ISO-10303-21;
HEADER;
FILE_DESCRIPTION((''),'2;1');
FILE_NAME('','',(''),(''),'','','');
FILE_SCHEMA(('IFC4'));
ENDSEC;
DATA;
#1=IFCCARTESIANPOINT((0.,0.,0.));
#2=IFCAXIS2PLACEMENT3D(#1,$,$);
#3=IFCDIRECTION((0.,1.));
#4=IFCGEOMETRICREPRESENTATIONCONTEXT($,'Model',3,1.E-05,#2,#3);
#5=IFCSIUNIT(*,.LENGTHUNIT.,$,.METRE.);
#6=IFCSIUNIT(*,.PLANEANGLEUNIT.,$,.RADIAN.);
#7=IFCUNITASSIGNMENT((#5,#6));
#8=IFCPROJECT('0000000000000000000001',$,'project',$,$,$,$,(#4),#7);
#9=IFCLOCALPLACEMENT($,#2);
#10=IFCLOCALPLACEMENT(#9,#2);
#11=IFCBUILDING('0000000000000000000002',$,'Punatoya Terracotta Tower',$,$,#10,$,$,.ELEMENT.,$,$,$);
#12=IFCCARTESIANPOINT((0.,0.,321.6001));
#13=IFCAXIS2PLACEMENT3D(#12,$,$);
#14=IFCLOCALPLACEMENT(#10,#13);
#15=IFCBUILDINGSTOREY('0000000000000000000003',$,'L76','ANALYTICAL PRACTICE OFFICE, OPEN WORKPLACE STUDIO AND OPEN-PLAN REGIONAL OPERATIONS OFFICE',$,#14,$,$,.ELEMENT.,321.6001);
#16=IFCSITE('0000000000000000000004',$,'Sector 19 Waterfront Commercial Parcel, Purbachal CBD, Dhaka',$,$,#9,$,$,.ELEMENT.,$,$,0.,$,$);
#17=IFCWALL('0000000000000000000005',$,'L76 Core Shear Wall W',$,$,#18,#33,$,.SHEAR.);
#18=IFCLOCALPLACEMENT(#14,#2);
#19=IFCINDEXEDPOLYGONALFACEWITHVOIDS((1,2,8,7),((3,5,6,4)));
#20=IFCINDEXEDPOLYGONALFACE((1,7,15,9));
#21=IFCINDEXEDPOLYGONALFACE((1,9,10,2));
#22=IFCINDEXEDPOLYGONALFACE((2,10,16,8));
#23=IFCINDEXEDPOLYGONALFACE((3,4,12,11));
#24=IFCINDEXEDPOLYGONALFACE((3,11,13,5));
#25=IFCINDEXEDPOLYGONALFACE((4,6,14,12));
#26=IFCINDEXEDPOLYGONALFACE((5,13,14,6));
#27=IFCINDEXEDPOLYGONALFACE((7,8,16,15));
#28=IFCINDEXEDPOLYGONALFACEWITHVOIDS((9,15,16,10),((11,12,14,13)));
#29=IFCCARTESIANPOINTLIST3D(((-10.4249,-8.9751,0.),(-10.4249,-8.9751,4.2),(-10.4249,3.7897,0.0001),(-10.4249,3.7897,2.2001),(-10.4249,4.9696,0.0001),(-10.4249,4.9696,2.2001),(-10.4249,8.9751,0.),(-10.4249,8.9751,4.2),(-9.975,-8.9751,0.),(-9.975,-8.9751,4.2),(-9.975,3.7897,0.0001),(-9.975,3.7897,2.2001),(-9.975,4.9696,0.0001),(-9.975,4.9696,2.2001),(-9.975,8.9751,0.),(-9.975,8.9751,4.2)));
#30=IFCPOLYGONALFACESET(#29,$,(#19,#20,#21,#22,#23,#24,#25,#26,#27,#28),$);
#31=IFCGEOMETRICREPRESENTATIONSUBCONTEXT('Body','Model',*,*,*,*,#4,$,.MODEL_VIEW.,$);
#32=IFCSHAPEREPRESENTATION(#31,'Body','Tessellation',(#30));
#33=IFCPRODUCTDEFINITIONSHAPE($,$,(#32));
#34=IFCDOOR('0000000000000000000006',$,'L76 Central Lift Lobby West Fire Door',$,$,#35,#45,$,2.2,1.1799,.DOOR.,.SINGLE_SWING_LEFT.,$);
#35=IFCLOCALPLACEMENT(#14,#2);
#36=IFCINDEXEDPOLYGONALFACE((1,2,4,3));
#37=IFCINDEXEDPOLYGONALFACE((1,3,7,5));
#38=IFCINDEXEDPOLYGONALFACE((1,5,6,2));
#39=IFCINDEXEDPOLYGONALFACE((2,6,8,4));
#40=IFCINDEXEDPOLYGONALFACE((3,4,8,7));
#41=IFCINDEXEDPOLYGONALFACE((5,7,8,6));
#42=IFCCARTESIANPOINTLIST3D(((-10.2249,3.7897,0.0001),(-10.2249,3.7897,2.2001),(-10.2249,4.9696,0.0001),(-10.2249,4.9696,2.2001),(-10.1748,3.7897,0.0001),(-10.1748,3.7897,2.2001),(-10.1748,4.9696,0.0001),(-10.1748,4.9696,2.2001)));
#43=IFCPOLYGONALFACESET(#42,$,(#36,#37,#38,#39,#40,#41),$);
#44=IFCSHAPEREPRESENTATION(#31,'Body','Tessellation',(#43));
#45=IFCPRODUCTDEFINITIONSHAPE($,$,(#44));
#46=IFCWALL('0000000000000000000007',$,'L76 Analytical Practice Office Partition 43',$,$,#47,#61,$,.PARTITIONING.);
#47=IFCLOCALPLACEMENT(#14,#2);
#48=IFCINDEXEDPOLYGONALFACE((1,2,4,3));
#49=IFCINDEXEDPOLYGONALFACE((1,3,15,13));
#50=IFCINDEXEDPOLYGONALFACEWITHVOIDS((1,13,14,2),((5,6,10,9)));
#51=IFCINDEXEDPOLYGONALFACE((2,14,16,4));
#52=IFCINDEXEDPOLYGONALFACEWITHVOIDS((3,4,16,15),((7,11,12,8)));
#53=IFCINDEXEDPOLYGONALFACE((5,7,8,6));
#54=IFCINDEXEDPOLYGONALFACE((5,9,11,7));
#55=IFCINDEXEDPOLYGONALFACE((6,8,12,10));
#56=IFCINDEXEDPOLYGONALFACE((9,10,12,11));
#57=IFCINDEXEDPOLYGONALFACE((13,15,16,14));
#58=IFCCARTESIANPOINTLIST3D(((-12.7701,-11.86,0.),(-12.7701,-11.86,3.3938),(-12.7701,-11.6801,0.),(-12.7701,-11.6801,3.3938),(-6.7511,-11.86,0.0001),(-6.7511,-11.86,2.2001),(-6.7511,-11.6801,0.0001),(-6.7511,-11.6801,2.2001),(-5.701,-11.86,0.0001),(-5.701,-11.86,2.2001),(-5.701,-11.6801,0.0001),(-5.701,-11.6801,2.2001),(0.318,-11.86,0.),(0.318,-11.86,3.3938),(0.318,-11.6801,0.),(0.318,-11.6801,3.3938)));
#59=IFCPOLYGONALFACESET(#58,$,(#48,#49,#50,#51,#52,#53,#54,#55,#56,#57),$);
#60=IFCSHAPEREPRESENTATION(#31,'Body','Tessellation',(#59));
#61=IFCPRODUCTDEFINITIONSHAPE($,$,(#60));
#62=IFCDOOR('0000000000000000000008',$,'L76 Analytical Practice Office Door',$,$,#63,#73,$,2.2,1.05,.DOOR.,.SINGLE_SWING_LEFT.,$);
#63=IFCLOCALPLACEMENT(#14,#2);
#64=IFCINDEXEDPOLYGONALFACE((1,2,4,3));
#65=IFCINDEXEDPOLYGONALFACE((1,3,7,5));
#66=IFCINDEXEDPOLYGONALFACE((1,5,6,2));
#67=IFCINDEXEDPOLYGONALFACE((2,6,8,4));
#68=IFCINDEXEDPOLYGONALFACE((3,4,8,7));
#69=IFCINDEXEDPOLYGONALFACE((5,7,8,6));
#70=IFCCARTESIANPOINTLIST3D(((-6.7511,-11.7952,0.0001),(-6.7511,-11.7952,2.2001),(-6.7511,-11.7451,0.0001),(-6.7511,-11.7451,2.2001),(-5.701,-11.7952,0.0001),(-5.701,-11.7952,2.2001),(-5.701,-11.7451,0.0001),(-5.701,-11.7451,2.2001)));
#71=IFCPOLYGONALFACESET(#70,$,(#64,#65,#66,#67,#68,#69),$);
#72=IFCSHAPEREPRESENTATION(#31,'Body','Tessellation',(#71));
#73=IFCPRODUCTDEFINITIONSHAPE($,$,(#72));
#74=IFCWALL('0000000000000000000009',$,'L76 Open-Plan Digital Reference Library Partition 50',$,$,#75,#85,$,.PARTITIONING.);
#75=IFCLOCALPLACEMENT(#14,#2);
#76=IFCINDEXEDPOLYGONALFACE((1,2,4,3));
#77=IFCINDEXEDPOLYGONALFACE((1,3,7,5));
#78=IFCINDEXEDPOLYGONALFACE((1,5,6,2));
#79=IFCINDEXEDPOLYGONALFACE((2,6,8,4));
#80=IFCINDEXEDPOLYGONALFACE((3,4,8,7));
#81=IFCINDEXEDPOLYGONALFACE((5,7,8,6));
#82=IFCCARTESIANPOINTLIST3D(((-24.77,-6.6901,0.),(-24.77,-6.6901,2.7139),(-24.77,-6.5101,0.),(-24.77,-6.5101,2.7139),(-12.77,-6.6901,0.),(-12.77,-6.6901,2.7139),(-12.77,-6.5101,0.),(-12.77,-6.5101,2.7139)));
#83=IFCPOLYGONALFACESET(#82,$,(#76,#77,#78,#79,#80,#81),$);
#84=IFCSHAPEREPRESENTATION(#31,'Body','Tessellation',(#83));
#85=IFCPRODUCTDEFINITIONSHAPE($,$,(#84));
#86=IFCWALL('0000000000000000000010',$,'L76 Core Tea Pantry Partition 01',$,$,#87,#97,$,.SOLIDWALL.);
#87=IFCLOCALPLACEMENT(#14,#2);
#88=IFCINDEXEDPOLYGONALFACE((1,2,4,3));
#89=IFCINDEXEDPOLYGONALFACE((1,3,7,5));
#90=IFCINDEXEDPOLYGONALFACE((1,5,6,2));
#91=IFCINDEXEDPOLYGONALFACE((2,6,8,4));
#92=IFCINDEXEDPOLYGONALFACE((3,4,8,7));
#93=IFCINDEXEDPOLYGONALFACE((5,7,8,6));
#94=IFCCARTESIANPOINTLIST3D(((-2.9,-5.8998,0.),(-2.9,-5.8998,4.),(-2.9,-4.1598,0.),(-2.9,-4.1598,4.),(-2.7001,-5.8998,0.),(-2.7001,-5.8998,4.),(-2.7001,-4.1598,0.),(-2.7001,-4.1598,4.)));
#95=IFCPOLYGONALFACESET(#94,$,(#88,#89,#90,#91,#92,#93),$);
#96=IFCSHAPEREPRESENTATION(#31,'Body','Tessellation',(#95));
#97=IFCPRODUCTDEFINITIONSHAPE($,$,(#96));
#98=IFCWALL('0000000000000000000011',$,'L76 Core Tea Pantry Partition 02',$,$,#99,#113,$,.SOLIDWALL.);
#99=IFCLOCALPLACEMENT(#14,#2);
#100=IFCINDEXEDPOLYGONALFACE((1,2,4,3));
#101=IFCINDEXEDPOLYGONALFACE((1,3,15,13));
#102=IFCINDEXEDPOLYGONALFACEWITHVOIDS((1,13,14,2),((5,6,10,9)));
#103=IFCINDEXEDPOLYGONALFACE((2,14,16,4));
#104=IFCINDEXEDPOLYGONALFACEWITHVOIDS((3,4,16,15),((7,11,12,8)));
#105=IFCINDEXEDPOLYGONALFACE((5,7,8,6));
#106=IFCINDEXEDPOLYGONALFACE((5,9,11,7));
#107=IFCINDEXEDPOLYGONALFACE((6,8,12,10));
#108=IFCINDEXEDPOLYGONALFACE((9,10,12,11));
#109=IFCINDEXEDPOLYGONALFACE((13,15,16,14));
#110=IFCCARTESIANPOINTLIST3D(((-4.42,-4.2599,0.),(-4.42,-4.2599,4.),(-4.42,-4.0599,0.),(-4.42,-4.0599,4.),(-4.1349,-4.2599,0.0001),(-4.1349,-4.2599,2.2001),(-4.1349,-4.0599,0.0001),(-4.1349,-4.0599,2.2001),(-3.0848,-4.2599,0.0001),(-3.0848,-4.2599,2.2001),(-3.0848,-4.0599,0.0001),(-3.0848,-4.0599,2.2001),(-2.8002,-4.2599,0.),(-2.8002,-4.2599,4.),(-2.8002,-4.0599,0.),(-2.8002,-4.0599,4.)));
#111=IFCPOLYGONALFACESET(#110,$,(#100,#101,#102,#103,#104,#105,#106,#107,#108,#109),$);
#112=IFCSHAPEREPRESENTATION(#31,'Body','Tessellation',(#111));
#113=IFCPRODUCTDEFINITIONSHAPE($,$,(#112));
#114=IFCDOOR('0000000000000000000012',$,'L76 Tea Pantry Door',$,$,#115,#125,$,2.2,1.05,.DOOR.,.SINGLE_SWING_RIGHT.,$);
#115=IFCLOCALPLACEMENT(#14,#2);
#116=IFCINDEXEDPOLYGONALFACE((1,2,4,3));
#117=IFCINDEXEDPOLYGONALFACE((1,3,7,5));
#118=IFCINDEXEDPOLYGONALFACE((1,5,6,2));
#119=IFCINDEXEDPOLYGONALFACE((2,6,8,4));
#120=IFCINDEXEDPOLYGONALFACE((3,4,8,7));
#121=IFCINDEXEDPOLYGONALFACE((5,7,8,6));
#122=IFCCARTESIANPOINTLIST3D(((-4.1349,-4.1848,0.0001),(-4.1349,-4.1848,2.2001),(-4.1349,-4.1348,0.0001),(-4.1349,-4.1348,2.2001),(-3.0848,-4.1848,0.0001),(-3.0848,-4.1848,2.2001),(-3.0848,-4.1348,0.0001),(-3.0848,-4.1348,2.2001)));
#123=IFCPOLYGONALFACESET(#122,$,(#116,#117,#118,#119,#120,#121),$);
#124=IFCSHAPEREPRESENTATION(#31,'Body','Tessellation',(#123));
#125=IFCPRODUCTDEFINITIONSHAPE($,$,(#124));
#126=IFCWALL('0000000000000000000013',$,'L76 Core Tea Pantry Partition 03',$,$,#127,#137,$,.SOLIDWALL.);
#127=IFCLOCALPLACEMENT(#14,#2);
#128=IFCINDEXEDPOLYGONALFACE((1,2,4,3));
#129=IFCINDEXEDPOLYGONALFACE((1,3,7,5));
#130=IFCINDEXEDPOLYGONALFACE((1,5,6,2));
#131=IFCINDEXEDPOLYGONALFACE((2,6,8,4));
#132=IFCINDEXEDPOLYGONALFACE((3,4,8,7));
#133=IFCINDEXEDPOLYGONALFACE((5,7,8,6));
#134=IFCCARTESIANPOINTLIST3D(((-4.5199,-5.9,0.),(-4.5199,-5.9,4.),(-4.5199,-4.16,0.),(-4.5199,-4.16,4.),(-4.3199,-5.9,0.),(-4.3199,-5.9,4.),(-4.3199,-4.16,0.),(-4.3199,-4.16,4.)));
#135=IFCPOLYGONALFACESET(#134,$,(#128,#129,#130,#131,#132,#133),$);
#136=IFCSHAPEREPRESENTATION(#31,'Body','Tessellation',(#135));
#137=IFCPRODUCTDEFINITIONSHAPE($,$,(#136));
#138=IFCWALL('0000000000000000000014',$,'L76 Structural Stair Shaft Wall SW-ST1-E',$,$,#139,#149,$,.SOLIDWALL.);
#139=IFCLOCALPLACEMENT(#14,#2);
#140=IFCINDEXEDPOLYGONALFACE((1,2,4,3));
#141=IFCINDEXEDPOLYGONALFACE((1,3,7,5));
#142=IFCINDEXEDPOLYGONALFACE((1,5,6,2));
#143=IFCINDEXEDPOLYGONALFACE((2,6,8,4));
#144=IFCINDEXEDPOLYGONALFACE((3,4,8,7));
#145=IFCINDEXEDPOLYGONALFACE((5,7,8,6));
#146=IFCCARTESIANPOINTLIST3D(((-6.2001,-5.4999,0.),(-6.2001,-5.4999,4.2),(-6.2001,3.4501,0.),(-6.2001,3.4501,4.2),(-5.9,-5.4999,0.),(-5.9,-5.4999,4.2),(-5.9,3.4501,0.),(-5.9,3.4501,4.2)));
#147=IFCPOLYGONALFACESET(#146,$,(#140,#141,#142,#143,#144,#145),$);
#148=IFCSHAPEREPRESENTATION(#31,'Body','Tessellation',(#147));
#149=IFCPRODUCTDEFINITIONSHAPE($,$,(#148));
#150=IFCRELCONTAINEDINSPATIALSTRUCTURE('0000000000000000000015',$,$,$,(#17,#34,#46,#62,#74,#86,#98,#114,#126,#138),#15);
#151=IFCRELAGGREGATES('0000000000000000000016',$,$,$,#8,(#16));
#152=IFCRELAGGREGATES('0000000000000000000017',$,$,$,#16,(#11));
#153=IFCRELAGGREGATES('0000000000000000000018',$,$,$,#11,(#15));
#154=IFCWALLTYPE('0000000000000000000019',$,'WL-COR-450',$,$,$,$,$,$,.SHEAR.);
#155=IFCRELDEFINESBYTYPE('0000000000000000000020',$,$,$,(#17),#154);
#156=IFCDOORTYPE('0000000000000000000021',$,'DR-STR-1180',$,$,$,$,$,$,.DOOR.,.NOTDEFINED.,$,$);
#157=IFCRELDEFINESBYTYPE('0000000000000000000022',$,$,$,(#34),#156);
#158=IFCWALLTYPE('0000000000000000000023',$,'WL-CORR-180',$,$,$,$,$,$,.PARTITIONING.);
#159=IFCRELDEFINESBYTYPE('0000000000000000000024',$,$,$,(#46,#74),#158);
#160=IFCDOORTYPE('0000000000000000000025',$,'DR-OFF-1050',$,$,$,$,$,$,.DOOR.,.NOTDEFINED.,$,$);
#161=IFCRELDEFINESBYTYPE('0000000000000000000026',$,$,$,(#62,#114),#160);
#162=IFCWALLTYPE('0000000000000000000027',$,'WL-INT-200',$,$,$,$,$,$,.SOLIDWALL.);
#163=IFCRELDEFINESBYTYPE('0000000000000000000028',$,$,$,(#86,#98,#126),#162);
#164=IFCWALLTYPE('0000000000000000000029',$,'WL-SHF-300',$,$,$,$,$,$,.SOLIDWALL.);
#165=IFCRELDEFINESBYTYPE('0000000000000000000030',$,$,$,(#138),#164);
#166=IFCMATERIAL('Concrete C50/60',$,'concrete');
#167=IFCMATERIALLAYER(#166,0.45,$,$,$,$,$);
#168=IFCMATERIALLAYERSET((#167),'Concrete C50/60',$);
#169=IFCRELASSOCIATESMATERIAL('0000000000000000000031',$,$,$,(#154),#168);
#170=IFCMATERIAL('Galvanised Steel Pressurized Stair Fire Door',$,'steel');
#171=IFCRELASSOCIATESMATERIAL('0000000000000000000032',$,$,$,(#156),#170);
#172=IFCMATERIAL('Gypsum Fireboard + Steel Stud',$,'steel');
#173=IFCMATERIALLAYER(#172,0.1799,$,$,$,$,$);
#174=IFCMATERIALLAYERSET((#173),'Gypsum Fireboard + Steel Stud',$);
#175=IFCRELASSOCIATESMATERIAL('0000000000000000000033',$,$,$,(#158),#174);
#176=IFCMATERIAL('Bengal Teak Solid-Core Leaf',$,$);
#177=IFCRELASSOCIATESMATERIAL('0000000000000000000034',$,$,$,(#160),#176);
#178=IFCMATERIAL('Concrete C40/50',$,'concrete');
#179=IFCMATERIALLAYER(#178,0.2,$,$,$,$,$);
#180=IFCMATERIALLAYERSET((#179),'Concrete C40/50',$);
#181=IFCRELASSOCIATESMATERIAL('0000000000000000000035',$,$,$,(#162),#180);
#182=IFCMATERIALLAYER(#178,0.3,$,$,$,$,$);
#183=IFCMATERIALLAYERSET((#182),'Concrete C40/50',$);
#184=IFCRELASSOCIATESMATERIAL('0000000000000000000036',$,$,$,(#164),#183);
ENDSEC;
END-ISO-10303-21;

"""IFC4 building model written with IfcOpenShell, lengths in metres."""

from ifc_helpers import new_model, si_unit, direction, frame, frame_2d, origin, place, context, subcontext, project, spatial, rectangle, extrude, material, layer, layer_set, type_object, element, fill, save


model = new_model("IFC4")

# Units and contexts
model_context = context("Model", 3, precision=1e-05, world=origin(), true_north=direction((0.0, 1.0)))
body_context = subcontext(model_context, "Body", "Model", "MODEL_VIEW")
ifc_project = project(units=[si_unit("LENGTHUNIT", "METRE"), si_unit("PLANEANGLEUNIT", "RADIAN")], contexts=[model_context])

# Site, building, storey
site_placement = place(None, origin())
site = spatial("IfcSite", under=ifc_project, at=site_placement, Name="Sector 19 Waterfront Commercial Parcel, Purbachal CBD, Dhaka", CompositionType="ELEMENT", RefElevation=0.0)
building_placement = place(site_placement, origin())
building = spatial("IfcBuilding", under=site, at=building_placement, Name="Punatoya Terracotta Tower", CompositionType="ELEMENT")
storey_placement = place(building_placement, frame((0.0, 0.0, 321.6001)))
storey = spatial("IfcBuildingStorey", under=building, at=storey_placement, Name="L76", Description="ANALYTICAL PRACTICE OFFICE, OPEN WORKPLACE STUDIO AND OPEN-PLAN REGIONAL OPERATIONS OFFICE", CompositionType="ELEMENT", Elevation=321.6001)

# Shared definitions
ifc_material_1 = material(Name="Concrete C50/60", Category="concrete")

# Walls, openings, doors
ifc_layer_1 = layer(ifc_material_1, 0.45)
ifc_layer_set_1 = layer_set([ifc_layer_1], Name="Concrete C50/60")
wall_type_1 = type_object("IfcWallType", Name="WL-COR-450", PredefinedType="SHEAR", material=ifc_layer_set_1)
wall_1_placement = place(storey_placement, frame((-10.2, -8.9751, 0.0), z_axis=(0.0, 0.0, 1.0), x_axis=(0.0, 1.0, 0.0)))
wall_1 = element("IfcWall", 1, at=wall_1_placement, inside=storey, type_object=wall_type_1, Name="L76 Core Shear Wall W", PredefinedType="SHEAR", context=body_context, shape_type="SweptSolid", body=[
    extrude(rectangle(XDim=17.9502, YDim=0.45, at=frame_2d((8.9751, 0.0))), origin(), (0.0, 0.0, 1.0), 4.2),
])
opening_1_placement = place(wall_1_placement, frame((12.7649, 0.0, 0.0)))
opening_1 = element("IfcOpeningElement", 2, at=opening_1_placement, cuts=wall_1, PredefinedType="OPENING", context=body_context, shape_type="SweptSolid", body=[
    extrude(rectangle(XDim=1.1799, YDim=2.2, at=frame_2d((0.5898, 1.1001))), frame((0.0, 0.2349, 0.0), z_axis=(0.0, -1.0, 0.0), x_axis=(1.0, 0.0, 0.0)), (0.0, 0.0, 1.0), 0.47),
])
ifc_material_2 = material(Name="Galvanised Steel Pressurized Stair Fire Door", Category="steel")
door_type_1 = type_object("IfcDoorType", Name="DR-STR-1180", OperationType="NOTDEFINED", PredefinedType="DOOR", material=ifc_material_2)
door_1_placement = place(opening_1_placement, origin())
door_1 = element("IfcDoor", 3, at=door_1_placement, inside=storey, type_object=door_type_1, Name="L76 Central Lift Lobby West Fire Door", OperationType="SINGLE_SWING_LEFT", OverallHeight=2.2, OverallWidth=1.1799, PredefinedType="DOOR", context=body_context, shape_type="SweptSolid", body=[
    extrude(rectangle(XDim=1.1799, YDim=2.2, at=frame_2d((0.5898, 1.1001))), frame((0.0, 0.0249, 0.0), z_axis=(0.0, -1.0, 0.0), x_axis=(1.0, 0.0, 0.0)), (0.0, 0.0, 1.0), 0.05),
])
fill(opening_1, door_1)
ifc_material_3 = material(Name="Gypsum Fireboard + Steel Stud", Category="steel")
ifc_layer_2 = layer(ifc_material_3, 0.1799)
ifc_layer_set_2 = layer_set([ifc_layer_2], Name="Gypsum Fireboard + Steel Stud")
wall_type_2 = type_object("IfcWallType", Name="WL-CORR-180", PredefinedType="PARTITIONING", material=ifc_layer_set_2)
wall_2_placement = place(storey_placement, frame((-12.77, -11.77, 0.0), z_axis=(0.0, 0.0, 1.0), x_axis=(1.0, 0.0, 0.0)))
wall_2 = element("IfcWall", 4, at=wall_2_placement, inside=storey, type_object=wall_type_2, Name="L76 Analytical Practice Office Partition 43", PredefinedType="PARTITIONING", context=body_context, shape_type="SweptSolid", body=[
    extrude(rectangle(XDim=13.0881, YDim=0.1799, at=frame_2d((6.5439, 0.0))), origin(), (0.0, 0.0, 1.0), 3.3938),
])
opening_2_placement = place(wall_2_placement, frame((6.019, 0.0, 0.0)))
opening_2 = element("IfcOpeningElement", 5, at=opening_2_placement, cuts=wall_2, PredefinedType="OPENING", context=body_context, shape_type="SweptSolid", body=[
    extrude(rectangle(XDim=1.05, YDim=2.2, at=frame_2d((0.5249, 1.1001))), frame((0.0, 0.0999, 0.0), z_axis=(0.0, -1.0, 0.0), x_axis=(1.0, 0.0, 0.0)), (0.0, 0.0, 1.0), 0.2),
])
ifc_material_4 = material(Name="Bengal Teak Solid-Core Leaf")
door_type_2 = type_object("IfcDoorType", Name="DR-OFF-1050", OperationType="NOTDEFINED", PredefinedType="DOOR", material=ifc_material_4)
door_2_placement = place(opening_2_placement, origin())
door_2 = element("IfcDoor", 6, at=door_2_placement, inside=storey, type_object=door_type_2, Name="L76 Analytical Practice Office Door", OperationType="SINGLE_SWING_LEFT", OverallHeight=2.2, OverallWidth=1.05, PredefinedType="DOOR", context=body_context, shape_type="SweptSolid", body=[
    extrude(rectangle(XDim=1.05, YDim=2.2, at=frame_2d((0.5249, 1.1001))), frame((0.0, 0.0249, 0.0), z_axis=(0.0, -1.0, 0.0), x_axis=(1.0, 0.0, 0.0)), (0.0, 0.0, 1.0), 0.05),
])
fill(opening_2, door_2)

# Walls
wall_3_placement = place(storey_placement, frame((-12.77, -6.6001, 0.0), z_axis=(0.0, 0.0, 1.0), x_axis=(-1.0, 0.0, 0.0)))
element("IfcWall", 7, at=wall_3_placement, inside=storey, type_object=wall_type_2, Name="L76 Open-Plan Digital Reference Library Partition 50", PredefinedType="PARTITIONING", context=body_context, shape_type="SweptSolid", body=[
    extrude(rectangle(XDim=12.0, YDim=0.1799, at=frame_2d((6.0, 0.0))), origin(), (0.0, 0.0, 1.0), 2.7139),
])
ifc_material_5 = material(Name="Concrete C40/50", Category="concrete")
ifc_layer_3 = layer(ifc_material_5, 0.2)
ifc_layer_set_3 = layer_set([ifc_layer_3], Name="Concrete C40/50")
wall_type_3 = type_object("IfcWallType", Name="WL-INT-200", PredefinedType="SOLIDWALL", material=ifc_layer_set_3)
wall_4_placement = place(storey_placement, frame((-2.8, -5.8999, 0.0), z_axis=(0.0, 0.0, 1.0), x_axis=(0.0, 1.0, 0.0)))
element("IfcWall", 8, at=wall_4_placement, inside=storey, type_object=wall_type_3, Name="L76 Core Tea Pantry Partition 01", PredefinedType="SOLIDWALL", context=body_context, shape_type="SweptSolid", body=[
    extrude(rectangle(XDim=1.74, YDim=0.2, at=frame_2d((0.8701, 0.0))), origin(), (0.0, 0.0, 1.0), 4.0),
])

# Wall, opening, door
wall_5_placement = place(storey_placement, frame((-2.8, -4.1599, 0.0), z_axis=(0.0, 0.0, 1.0), x_axis=(-1.0, 0.0, 0.0)))
wall_5 = element("IfcWall", 9, at=wall_5_placement, inside=storey, type_object=wall_type_3, Name="L76 Core Tea Pantry Partition 02", PredefinedType="SOLIDWALL", context=body_context, shape_type="SweptSolid", body=[
    extrude(rectangle(XDim=1.6199, YDim=0.2, at=frame_2d((0.8101, 0.0))), origin(), (0.0, 0.0, 1.0), 4.0),
])
opening_3_placement = place(wall_5_placement, frame((0.2849, 0.0, 0.0)))
opening_3 = element("IfcOpeningElement", 10, at=opening_3_placement, cuts=wall_5, PredefinedType="OPENING", context=body_context, shape_type="SweptSolid", body=[
    extrude(rectangle(XDim=1.05, YDim=2.2, at=frame_2d((0.5249, 1.1001))), frame((0.0, 0.1099, 0.0), z_axis=(0.0, -1.0, 0.0), x_axis=(1.0, 0.0, 0.0)), (0.0, 0.0, 1.0), 0.22),
])
door_3_placement = place(opening_3_placement, origin())
door_3 = element("IfcDoor", 11, at=door_3_placement, inside=storey, type_object=door_type_2, Name="L76 Tea Pantry Door", OperationType="SINGLE_SWING_RIGHT", OverallHeight=2.2, OverallWidth=1.05, PredefinedType="DOOR", context=body_context, shape_type="SweptSolid", body=[
    extrude(rectangle(XDim=1.05, YDim=2.2, at=frame_2d((0.5249, 1.1001))), frame((0.0, 0.0249, 0.0), z_axis=(0.0, -1.0, 0.0), x_axis=(1.0, 0.0, 0.0)), (0.0, 0.0, 1.0), 0.05),
])
fill(opening_3, door_3)

# Walls
wall_6_placement = place(storey_placement, frame((-4.4199, -4.1599, 0.0), z_axis=(0.0, 0.0, 1.0), x_axis=(0.0, -1.0, 0.0)))
element("IfcWall", 12, at=wall_6_placement, inside=storey, type_object=wall_type_3, Name="L76 Core Tea Pantry Partition 03", PredefinedType="SOLIDWALL", context=body_context, shape_type="SweptSolid", body=[
    extrude(rectangle(XDim=1.74, YDim=0.2, at=frame_2d((0.8701, 0.0))), origin(), (0.0, 0.0, 1.0), 4.0),
])
ifc_layer_4 = layer(ifc_material_5, 0.3)
ifc_layer_set_4 = layer_set([ifc_layer_4], Name="Concrete C40/50")
wall_type_4 = type_object("IfcWallType", Name="WL-SHF-300", PredefinedType="SOLIDWALL", material=ifc_layer_set_4)
wall_7_placement = place(storey_placement, frame((-6.05, -5.5, 0.0), z_axis=(0.0, 0.0, 1.0), x_axis=(0.0, 1.0, 0.0)))
element("IfcWall", 13, at=wall_7_placement, inside=storey, type_object=wall_type_4, Name="L76 Structural Stair Shaft Wall SW-ST1-E", PredefinedType="SOLIDWALL", context=body_context, shape_type="SweptSolid", body=[
    extrude(rectangle(XDim=8.95, YDim=0.3, at=frame_2d((4.4751, 0.0))), origin(), (0.0, 0.0, 1.0), 4.2),
])

save(model, "model.ifc")
